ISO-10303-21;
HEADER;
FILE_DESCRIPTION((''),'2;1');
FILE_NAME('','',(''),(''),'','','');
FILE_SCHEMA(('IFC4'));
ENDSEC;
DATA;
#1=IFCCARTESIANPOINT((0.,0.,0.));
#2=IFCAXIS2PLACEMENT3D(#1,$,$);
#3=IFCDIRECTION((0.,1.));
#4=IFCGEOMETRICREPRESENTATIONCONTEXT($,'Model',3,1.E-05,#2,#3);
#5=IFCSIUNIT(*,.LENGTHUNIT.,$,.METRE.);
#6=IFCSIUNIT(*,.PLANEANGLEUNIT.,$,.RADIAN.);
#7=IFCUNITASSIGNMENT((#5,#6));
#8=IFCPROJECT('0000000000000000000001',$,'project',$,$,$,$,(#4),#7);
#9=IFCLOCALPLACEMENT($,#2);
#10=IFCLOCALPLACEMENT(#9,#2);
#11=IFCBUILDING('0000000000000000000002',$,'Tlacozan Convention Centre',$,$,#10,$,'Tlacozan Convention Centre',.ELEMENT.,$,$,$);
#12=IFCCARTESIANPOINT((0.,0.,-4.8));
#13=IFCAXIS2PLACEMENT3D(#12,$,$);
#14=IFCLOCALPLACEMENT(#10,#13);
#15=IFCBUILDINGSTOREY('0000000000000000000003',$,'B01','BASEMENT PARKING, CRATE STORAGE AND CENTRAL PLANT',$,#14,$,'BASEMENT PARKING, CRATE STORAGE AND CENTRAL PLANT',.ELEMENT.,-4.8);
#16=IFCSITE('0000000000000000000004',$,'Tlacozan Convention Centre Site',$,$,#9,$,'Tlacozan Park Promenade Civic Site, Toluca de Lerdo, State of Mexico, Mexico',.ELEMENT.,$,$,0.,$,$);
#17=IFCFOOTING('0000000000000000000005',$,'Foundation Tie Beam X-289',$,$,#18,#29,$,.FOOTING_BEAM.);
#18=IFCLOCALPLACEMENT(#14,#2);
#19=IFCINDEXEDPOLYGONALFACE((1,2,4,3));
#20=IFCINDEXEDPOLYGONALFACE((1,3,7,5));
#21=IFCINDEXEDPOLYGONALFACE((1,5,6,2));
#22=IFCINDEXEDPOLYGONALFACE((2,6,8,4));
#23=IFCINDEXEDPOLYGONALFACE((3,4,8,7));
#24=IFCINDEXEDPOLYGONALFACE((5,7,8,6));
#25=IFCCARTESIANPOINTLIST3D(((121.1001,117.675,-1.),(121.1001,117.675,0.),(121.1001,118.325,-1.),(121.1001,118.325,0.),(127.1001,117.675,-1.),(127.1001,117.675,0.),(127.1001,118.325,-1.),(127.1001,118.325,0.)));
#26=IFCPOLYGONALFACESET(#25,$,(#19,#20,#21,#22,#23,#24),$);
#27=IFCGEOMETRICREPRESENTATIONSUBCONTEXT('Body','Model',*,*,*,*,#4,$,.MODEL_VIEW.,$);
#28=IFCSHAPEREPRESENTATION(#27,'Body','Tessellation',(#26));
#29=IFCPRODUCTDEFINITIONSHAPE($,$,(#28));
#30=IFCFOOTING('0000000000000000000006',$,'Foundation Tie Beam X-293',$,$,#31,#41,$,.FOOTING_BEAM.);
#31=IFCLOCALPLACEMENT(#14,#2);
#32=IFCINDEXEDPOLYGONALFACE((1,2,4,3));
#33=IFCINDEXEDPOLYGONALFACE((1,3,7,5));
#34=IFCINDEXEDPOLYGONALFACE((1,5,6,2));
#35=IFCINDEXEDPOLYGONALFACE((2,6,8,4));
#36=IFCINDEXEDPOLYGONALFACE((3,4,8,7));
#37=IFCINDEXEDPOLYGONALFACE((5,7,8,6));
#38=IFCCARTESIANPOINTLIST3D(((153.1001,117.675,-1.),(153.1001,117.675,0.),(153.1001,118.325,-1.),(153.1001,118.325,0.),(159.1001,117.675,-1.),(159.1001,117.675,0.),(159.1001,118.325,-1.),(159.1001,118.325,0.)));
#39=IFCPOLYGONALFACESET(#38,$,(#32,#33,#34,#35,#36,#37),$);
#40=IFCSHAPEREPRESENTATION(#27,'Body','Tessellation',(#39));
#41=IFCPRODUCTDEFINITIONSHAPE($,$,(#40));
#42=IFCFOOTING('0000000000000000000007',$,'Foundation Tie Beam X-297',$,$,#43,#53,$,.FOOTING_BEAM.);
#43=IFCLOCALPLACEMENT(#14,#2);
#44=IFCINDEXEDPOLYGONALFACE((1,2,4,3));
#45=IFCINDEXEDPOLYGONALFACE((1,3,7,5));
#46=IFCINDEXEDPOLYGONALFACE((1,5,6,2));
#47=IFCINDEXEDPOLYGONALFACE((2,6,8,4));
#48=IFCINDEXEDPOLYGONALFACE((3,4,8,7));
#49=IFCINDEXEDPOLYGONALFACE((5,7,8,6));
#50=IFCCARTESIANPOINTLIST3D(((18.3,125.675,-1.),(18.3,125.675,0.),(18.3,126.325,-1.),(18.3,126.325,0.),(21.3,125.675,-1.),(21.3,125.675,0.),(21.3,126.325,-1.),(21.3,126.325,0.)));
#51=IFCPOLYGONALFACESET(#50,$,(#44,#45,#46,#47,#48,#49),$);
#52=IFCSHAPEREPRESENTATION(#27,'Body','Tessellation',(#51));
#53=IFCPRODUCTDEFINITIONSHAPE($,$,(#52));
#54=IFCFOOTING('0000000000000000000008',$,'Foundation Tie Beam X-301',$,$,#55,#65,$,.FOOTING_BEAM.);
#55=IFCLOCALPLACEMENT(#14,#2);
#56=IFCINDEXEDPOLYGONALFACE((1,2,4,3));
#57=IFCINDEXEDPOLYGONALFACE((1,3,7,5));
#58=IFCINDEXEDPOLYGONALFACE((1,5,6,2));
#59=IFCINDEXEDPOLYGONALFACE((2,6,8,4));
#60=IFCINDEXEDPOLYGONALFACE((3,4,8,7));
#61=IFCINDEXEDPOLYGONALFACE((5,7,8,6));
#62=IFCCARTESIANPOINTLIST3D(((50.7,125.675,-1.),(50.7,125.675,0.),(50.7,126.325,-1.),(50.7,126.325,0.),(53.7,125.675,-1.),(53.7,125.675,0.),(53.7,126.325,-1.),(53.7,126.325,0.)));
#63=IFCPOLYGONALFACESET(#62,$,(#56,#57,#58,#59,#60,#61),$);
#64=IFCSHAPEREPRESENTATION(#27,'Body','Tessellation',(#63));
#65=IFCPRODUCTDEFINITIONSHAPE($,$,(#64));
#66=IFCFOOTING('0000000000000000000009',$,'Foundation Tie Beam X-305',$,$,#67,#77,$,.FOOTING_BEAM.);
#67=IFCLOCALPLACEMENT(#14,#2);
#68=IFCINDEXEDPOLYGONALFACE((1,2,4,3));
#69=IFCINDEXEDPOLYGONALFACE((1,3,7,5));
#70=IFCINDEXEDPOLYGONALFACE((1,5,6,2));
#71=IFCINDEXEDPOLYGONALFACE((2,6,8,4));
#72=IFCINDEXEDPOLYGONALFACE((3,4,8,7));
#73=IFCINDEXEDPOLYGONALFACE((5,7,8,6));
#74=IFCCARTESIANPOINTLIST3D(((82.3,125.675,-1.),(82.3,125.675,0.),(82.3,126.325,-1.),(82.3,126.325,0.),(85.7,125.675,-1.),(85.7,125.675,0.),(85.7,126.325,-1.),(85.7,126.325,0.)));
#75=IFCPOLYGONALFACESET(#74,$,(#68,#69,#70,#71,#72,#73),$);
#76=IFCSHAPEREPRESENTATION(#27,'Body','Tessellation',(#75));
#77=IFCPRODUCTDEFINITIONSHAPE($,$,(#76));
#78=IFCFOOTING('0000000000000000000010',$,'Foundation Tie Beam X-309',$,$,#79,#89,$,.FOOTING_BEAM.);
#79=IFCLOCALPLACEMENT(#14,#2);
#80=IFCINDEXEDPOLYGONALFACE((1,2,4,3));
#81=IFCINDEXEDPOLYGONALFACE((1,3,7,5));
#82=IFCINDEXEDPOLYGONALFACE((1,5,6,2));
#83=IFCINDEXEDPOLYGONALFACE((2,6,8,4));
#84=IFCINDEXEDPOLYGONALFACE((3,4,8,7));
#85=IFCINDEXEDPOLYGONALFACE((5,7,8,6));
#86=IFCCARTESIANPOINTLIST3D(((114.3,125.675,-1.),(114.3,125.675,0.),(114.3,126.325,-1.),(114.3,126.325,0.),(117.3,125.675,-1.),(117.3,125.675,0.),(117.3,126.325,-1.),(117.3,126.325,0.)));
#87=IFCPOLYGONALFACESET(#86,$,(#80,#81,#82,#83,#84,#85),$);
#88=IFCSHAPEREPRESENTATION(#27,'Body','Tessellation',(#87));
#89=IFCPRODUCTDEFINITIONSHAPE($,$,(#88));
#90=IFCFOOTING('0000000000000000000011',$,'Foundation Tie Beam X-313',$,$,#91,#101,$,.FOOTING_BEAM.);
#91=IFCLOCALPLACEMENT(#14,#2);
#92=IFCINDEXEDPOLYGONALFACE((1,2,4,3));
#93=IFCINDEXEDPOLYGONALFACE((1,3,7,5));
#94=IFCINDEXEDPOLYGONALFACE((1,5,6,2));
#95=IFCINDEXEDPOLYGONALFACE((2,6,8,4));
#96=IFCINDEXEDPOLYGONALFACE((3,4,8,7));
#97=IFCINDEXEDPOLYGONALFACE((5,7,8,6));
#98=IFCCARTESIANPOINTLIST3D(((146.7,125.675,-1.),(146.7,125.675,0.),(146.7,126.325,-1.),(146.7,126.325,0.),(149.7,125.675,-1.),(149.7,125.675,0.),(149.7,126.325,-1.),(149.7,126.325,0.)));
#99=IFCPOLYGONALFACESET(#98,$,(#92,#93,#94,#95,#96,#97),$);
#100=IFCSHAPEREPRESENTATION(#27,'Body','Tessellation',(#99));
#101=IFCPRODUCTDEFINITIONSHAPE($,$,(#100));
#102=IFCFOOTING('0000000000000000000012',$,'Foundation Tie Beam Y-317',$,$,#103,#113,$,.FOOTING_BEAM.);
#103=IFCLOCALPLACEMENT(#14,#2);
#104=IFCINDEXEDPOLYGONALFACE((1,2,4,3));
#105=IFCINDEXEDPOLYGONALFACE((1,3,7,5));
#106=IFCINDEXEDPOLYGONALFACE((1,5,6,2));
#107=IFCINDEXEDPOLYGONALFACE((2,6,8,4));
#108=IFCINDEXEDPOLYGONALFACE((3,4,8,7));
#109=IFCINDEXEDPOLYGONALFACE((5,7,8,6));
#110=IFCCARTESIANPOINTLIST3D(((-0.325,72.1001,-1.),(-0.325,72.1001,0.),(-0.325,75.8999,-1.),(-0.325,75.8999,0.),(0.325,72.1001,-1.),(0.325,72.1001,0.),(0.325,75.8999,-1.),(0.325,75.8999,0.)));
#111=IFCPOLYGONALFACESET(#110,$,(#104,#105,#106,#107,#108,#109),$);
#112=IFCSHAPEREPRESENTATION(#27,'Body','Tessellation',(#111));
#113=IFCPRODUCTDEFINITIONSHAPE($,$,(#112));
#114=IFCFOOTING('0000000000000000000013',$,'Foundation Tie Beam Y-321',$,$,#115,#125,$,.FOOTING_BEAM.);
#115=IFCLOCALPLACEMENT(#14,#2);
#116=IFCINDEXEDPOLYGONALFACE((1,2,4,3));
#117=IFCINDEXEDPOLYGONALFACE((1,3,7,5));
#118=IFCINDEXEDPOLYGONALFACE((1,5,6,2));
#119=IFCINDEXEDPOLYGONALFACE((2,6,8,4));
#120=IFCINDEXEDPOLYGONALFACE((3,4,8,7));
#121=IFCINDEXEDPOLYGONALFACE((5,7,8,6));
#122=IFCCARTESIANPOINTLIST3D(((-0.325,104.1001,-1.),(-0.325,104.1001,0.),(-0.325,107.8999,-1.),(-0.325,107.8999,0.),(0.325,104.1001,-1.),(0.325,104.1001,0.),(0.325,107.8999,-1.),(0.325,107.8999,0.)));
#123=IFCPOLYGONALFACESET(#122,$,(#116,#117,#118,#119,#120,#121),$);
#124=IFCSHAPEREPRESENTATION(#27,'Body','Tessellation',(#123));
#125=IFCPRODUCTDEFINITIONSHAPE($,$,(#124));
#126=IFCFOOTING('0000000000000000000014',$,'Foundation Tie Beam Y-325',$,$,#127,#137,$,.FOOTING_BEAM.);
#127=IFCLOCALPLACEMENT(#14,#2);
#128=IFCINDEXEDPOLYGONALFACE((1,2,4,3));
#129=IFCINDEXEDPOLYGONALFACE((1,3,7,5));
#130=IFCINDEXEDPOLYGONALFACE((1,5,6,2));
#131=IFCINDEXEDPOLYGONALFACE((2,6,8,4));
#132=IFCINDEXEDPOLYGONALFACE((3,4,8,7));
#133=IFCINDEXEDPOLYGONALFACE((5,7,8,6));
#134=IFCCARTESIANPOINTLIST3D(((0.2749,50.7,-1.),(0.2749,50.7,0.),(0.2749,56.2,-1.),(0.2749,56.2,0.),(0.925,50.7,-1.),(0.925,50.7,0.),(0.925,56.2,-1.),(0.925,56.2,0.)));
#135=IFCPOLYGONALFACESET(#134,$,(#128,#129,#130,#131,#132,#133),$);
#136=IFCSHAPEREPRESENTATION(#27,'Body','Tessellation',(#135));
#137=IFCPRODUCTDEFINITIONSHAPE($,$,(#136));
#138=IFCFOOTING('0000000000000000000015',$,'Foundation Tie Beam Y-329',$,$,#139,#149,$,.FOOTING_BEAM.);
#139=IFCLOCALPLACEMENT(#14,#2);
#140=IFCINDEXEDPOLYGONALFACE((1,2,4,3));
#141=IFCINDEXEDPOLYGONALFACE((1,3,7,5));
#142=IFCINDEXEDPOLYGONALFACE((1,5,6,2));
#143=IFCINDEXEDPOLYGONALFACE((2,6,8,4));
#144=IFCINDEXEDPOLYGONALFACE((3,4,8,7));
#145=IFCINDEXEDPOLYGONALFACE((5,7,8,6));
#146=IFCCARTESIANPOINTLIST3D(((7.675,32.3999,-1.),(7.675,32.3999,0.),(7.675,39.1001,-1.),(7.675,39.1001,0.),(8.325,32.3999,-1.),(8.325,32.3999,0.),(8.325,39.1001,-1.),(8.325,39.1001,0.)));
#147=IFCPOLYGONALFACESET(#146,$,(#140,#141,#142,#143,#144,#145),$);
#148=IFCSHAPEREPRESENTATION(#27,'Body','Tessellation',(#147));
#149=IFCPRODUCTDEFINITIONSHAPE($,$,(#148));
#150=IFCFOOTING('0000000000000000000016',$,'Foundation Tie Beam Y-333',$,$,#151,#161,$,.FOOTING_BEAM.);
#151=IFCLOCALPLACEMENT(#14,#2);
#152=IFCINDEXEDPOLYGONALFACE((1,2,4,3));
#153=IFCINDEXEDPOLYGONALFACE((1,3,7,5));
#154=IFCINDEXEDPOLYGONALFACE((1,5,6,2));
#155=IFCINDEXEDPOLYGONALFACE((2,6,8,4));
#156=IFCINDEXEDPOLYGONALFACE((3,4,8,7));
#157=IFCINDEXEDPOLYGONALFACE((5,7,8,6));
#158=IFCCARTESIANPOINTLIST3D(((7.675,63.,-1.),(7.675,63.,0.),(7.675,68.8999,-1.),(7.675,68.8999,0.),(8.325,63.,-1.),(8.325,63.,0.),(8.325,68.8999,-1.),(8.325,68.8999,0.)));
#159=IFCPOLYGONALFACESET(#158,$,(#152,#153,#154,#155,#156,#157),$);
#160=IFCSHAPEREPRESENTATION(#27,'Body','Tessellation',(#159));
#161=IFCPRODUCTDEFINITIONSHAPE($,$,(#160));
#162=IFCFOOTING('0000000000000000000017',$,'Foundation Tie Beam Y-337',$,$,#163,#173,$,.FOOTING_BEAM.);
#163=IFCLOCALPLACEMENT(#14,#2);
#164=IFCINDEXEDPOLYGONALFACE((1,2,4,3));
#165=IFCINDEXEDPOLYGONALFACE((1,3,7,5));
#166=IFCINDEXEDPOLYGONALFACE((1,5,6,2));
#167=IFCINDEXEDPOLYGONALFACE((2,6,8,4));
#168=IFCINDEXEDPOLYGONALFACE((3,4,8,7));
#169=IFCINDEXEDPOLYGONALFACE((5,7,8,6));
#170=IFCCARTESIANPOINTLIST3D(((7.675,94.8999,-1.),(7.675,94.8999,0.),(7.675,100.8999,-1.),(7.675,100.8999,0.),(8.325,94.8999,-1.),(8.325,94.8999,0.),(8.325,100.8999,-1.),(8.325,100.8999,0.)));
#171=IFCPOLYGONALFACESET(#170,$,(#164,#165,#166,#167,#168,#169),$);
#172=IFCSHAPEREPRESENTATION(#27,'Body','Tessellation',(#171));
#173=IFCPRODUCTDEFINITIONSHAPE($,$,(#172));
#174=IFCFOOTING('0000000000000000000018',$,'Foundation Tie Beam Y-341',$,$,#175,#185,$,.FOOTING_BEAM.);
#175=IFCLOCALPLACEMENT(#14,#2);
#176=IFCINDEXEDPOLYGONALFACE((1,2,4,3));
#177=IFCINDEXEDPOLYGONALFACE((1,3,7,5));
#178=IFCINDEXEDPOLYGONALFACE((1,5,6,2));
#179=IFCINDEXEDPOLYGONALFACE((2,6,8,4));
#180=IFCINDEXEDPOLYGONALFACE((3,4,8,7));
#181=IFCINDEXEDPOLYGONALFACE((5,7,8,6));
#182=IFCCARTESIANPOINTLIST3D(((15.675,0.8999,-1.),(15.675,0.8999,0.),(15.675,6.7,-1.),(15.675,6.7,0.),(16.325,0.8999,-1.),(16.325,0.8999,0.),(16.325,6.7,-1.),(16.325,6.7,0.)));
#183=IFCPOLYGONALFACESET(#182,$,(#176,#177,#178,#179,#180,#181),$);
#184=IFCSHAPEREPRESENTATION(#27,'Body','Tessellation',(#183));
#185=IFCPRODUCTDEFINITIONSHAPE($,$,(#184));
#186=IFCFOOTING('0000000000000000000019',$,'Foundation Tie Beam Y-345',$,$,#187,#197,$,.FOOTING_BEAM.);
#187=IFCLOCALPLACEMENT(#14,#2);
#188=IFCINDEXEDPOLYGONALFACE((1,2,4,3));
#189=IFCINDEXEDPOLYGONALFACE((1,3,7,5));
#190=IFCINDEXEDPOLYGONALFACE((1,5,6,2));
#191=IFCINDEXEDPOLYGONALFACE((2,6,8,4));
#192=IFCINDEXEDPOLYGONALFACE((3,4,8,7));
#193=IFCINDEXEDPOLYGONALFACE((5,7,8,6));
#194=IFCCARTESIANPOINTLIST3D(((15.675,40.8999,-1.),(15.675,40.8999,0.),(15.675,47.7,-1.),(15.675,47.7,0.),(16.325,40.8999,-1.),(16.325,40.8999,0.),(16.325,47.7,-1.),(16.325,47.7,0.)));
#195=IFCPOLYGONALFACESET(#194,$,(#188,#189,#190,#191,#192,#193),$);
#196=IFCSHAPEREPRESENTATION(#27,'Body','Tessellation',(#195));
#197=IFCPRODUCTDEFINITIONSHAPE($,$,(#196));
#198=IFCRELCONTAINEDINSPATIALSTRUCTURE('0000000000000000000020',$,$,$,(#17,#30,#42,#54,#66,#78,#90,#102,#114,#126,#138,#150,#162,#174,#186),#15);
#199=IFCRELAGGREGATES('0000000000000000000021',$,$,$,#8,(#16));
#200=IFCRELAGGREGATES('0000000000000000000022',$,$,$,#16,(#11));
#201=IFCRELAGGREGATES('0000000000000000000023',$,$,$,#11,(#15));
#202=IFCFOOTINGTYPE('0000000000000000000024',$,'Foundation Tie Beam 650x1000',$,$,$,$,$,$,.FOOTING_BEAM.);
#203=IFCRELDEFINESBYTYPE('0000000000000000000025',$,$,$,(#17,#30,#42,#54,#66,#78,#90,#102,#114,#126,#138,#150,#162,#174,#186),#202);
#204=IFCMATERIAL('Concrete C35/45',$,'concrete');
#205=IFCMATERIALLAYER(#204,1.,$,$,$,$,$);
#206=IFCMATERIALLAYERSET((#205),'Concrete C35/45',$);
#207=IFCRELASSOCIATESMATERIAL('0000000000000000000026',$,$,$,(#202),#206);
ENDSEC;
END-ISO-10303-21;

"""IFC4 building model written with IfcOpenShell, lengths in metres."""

from ifc_helpers import new_model, si_unit, direction, frame, origin, place, context, subcontext, project, spatial, polyline, outline, extrude, material, layer, layer_set, type_object, element, save


model = new_model("IFC4")

# Units and contexts
model_context = context("Model", 3, precision=1e-05, world=origin(), true_north=direction((0.0, 1.0)))
body_context = subcontext(model_context, "Body", "Model", "MODEL_VIEW")
ifc_project = project(units=[si_unit("LENGTHUNIT", "METRE"), si_unit("PLANEANGLEUNIT", "RADIAN")], contexts=[model_context])

# Site, building, storey
site_placement = place(None, origin())
site = spatial("IfcSite", under=ifc_project, at=site_placement, Name="Tlacozan Convention Centre Site", LongName="Tlacozan Park Promenade Civic Site, Toluca de Lerdo, State of Mexico, Mexico", CompositionType="ELEMENT", RefElevation=0.0)
building_placement = place(site_placement, origin())
building = spatial("IfcBuilding", under=site, at=building_placement, Name="Tlacozan Convention Centre", LongName="Tlacozan Convention Centre", CompositionType="ELEMENT")
storey_placement = place(building_placement, frame((0.0, 0.0, -4.8)))
storey = spatial("IfcBuildingStorey", under=building, at=storey_placement, Name="B01", Description="BASEMENT PARKING, CRATE STORAGE AND CENTRAL PLANT", LongName="BASEMENT PARKING, CRATE STORAGE AND CENTRAL PLANT", CompositionType="ELEMENT", Elevation=-4.8)

# Footings
ifc_material = material(Name="Concrete C35/45", Category="concrete")
ifc_layer = layer(ifc_material, 1.0)
ifc_layer_set = layer_set([ifc_layer], Name="Concrete C35/45")
footing_type = type_object("IfcFootingType", Name="Foundation Tie Beam 650x1000", PredefinedType="FOOTING_BEAM", material=ifc_layer_set)
footing_1_placement = place(storey_placement, frame((0.0, 0.0, -1.0)))
element("IfcFooting", 1, at=footing_1_placement, inside=storey, type_object=footing_type, Name="Foundation Tie Beam X-289", PredefinedType="FOOTING_BEAM", context=body_context, shape_type="SweptSolid", body=[
    extrude(outline(polyline([(121.1001, 117.675), (127.1001, 117.675), (127.1001, 118.325), (121.1001, 118.325), (121.1001, 117.675)])), origin(), (0.0, 0.0, 1.0), 1.0),
])
footing_2_placement = place(storey_placement, frame((0.0, 0.0, -1.0)))
element("IfcFooting", 2, at=footing_2_placement, inside=storey, type_object=footing_type, Name="Foundation Tie Beam X-293", PredefinedType="FOOTING_BEAM", context=body_context, shape_type="SweptSolid", body=[
    extrude(outline(polyline([(153.1001, 117.675), (159.1001, 117.675), (159.1001, 118.325), (153.1001, 118.325), (153.1001, 117.675)])), origin(), (0.0, 0.0, 1.0), 1.0),
])
footing_3_placement = place(storey_placement, frame((0.0, 0.0, -1.0)))
element("IfcFooting", 3, at=footing_3_placement, inside=storey, type_object=footing_type, Name="Foundation Tie Beam X-297", PredefinedType="FOOTING_BEAM", context=body_context, shape_type="SweptSolid", body=[
    extrude(outline(polyline([(18.3, 125.675), (21.3, 125.675), (21.3, 126.325), (18.3, 126.325), (18.3, 125.675)])), origin(), (0.0, 0.0, 1.0), 1.0),
])
footing_4_placement = place(storey_placement, frame((0.0, 0.0, -1.0)))
element("IfcFooting", 4, at=footing_4_placement, inside=storey, type_object=footing_type, Name="Foundation Tie Beam X-301", PredefinedType="FOOTING_BEAM", context=body_context, shape_type="SweptSolid", body=[
    extrude(outline(polyline([(50.7, 125.675), (53.7, 125.675), (53.7, 126.325), (50.7, 126.325), (50.7, 125.675)])), origin(), (0.0, 0.0, 1.0), 1.0),
])
footing_5_placement = place(storey_placement, frame((0.0, 0.0, -1.0)))
element("IfcFooting", 5, at=footing_5_placement, inside=storey, type_object=footing_type, Name="Foundation Tie Beam X-305", PredefinedType="FOOTING_BEAM", context=body_context, shape_type="SweptSolid", body=[
    extrude(outline(polyline([(82.3, 125.675), (85.7, 125.675), (85.7, 126.325), (82.3, 126.325), (82.3, 125.675)])), origin(), (0.0, 0.0, 1.0), 1.0),
])
footing_6_placement = place(storey_placement, frame((0.0, 0.0, -1.0)))
element("IfcFooting", 6, at=footing_6_placement, inside=storey, type_object=footing_type, Name="Foundation Tie Beam X-309", PredefinedType="FOOTING_BEAM", context=body_context, shape_type="SweptSolid", body=[
    extrude(outline(polyline([(114.3, 125.675), (117.3, 125.675), (117.3, 126.325), (114.3, 126.325), (114.3, 125.675)])), origin(), (0.0, 0.0, 1.0), 1.0),
])
footing_7_placement = place(storey_placement, frame((0.0, 0.0, -1.0)))
element("IfcFooting", 7, at=footing_7_placement, inside=storey, type_object=footing_type, Name="Foundation Tie Beam X-313", PredefinedType="FOOTING_BEAM", context=body_context, shape_type="SweptSolid", body=[
    extrude(outline(polyline([(146.7, 125.675), (149.7, 125.675), (149.7, 126.325), (146.7, 126.325), (146.7, 125.675)])), origin(), (0.0, 0.0, 1.0), 1.0),
])
footing_8_placement = place(storey_placement, frame((0.0, 0.0, -1.0)))
element("IfcFooting", 8, at=footing_8_placement, inside=storey, type_object=footing_type, Name="Foundation Tie Beam Y-317", PredefinedType="FOOTING_BEAM", context=body_context, shape_type="SweptSolid", body=[
    extrude(outline(polyline([(-0.325, 72.1001), (0.325, 72.1001), (0.325, 75.8999), (-0.325, 75.8999), (-0.325, 72.1001)])), origin(), (0.0, 0.0, 1.0), 1.0),
])
footing_9_placement = place(storey_placement, frame((0.0, 0.0, -1.0)))
element("IfcFooting", 9, at=footing_9_placement, inside=storey, type_object=footing_type, Name="Foundation Tie Beam Y-321", PredefinedType="FOOTING_BEAM", context=body_context, shape_type="SweptSolid", body=[
    extrude(outline(polyline([(-0.325, 104.1001), (0.325, 104.1001), (0.325, 107.8999), (-0.325, 107.8999), (-0.325, 104.1001)])), origin(), (0.0, 0.0, 1.0), 1.0),
])
footing_10_placement = place(storey_placement, frame((0.0, 0.0, -1.0)))
element("IfcFooting", 10, at=footing_10_placement, inside=storey, type_object=footing_type, Name="Foundation Tie Beam Y-325", PredefinedType="FOOTING_BEAM", context=body_context, shape_type="SweptSolid", body=[
    extrude(outline(polyline([(0.2749, 50.7), (0.925, 50.7), (0.925, 56.2), (0.2749, 56.2), (0.2749, 50.7)])), origin(), (0.0, 0.0, 1.0), 1.0),
])
footing_11_placement = place(storey_placement, frame((0.0, 0.0, -1.0)))
element("IfcFooting", 11, at=footing_11_placement, inside=storey, type_object=footing_type, Name="Foundation Tie Beam Y-329", PredefinedType="FOOTING_BEAM", context=body_context, shape_type="SweptSolid", body=[
    extrude(outline(polyline([(7.675, 32.3999), (8.325, 32.3999), (8.325, 39.1001), (7.675, 39.1001), (7.675, 32.3999)])), origin(), (0.0, 0.0, 1.0), 1.0),
])
footing_12_placement = place(storey_placement, frame((0.0, 0.0, -1.0)))
element("IfcFooting", 12, at=footing_12_placement, inside=storey, type_object=footing_type, Name="Foundation Tie Beam Y-333", PredefinedType="FOOTING_BEAM", context=body_context, shape_type="SweptSolid", body=[
    extrude(outline(polyline([(7.675, 63.0), (8.325, 63.0), (8.325, 68.8999), (7.675, 68.8999), (7.675, 63.0)])), origin(), (0.0, 0.0, 1.0), 1.0),
])
footing_13_placement = place(storey_placement, frame((0.0, 0.0, -1.0)))
element("IfcFooting", 13, at=footing_13_placement, inside=storey, type_object=footing_type, Name="Foundation Tie Beam Y-337", PredefinedType="FOOTING_BEAM", context=body_context, shape_type="SweptSolid", body=[
    extrude(outline(polyline([(7.675, 94.8999), (8.325, 94.8999), (8.325, 100.8999), (7.675, 100.8999), (7.675, 94.8999)])), origin(), (0.0, 0.0, 1.0), 1.0),
])
footing_14_placement = place(storey_placement, frame((0.0, 0.0, -1.0)))
element("IfcFooting", 14, at=footing_14_placement, inside=storey, type_object=footing_type, Name="Foundation Tie Beam Y-341", PredefinedType="FOOTING_BEAM", context=body_context, shape_type="SweptSolid", body=[
    extrude(outline(polyline([(15.675, 0.8999), (16.325, 0.8999), (16.325, 6.7), (15.675, 6.7), (15.675, 0.8999)])), origin(), (0.0, 0.0, 1.0), 1.0),
])
footing_15_placement = place(storey_placement, frame((0.0, 0.0, -1.0)))
element("IfcFooting", 15, at=footing_15_placement, inside=storey, type_object=footing_type, Name="Foundation Tie Beam Y-345", PredefinedType="FOOTING_BEAM", context=body_context, shape_type="SweptSolid", body=[
    extrude(outline(polyline([(15.675, 40.8999), (16.325, 40.8999), (16.325, 47.7), (15.675, 47.7), (15.675, 40.8999)])), origin(), (0.0, 0.0, 1.0), 1.0),
])

save(model, "model.ifc")
